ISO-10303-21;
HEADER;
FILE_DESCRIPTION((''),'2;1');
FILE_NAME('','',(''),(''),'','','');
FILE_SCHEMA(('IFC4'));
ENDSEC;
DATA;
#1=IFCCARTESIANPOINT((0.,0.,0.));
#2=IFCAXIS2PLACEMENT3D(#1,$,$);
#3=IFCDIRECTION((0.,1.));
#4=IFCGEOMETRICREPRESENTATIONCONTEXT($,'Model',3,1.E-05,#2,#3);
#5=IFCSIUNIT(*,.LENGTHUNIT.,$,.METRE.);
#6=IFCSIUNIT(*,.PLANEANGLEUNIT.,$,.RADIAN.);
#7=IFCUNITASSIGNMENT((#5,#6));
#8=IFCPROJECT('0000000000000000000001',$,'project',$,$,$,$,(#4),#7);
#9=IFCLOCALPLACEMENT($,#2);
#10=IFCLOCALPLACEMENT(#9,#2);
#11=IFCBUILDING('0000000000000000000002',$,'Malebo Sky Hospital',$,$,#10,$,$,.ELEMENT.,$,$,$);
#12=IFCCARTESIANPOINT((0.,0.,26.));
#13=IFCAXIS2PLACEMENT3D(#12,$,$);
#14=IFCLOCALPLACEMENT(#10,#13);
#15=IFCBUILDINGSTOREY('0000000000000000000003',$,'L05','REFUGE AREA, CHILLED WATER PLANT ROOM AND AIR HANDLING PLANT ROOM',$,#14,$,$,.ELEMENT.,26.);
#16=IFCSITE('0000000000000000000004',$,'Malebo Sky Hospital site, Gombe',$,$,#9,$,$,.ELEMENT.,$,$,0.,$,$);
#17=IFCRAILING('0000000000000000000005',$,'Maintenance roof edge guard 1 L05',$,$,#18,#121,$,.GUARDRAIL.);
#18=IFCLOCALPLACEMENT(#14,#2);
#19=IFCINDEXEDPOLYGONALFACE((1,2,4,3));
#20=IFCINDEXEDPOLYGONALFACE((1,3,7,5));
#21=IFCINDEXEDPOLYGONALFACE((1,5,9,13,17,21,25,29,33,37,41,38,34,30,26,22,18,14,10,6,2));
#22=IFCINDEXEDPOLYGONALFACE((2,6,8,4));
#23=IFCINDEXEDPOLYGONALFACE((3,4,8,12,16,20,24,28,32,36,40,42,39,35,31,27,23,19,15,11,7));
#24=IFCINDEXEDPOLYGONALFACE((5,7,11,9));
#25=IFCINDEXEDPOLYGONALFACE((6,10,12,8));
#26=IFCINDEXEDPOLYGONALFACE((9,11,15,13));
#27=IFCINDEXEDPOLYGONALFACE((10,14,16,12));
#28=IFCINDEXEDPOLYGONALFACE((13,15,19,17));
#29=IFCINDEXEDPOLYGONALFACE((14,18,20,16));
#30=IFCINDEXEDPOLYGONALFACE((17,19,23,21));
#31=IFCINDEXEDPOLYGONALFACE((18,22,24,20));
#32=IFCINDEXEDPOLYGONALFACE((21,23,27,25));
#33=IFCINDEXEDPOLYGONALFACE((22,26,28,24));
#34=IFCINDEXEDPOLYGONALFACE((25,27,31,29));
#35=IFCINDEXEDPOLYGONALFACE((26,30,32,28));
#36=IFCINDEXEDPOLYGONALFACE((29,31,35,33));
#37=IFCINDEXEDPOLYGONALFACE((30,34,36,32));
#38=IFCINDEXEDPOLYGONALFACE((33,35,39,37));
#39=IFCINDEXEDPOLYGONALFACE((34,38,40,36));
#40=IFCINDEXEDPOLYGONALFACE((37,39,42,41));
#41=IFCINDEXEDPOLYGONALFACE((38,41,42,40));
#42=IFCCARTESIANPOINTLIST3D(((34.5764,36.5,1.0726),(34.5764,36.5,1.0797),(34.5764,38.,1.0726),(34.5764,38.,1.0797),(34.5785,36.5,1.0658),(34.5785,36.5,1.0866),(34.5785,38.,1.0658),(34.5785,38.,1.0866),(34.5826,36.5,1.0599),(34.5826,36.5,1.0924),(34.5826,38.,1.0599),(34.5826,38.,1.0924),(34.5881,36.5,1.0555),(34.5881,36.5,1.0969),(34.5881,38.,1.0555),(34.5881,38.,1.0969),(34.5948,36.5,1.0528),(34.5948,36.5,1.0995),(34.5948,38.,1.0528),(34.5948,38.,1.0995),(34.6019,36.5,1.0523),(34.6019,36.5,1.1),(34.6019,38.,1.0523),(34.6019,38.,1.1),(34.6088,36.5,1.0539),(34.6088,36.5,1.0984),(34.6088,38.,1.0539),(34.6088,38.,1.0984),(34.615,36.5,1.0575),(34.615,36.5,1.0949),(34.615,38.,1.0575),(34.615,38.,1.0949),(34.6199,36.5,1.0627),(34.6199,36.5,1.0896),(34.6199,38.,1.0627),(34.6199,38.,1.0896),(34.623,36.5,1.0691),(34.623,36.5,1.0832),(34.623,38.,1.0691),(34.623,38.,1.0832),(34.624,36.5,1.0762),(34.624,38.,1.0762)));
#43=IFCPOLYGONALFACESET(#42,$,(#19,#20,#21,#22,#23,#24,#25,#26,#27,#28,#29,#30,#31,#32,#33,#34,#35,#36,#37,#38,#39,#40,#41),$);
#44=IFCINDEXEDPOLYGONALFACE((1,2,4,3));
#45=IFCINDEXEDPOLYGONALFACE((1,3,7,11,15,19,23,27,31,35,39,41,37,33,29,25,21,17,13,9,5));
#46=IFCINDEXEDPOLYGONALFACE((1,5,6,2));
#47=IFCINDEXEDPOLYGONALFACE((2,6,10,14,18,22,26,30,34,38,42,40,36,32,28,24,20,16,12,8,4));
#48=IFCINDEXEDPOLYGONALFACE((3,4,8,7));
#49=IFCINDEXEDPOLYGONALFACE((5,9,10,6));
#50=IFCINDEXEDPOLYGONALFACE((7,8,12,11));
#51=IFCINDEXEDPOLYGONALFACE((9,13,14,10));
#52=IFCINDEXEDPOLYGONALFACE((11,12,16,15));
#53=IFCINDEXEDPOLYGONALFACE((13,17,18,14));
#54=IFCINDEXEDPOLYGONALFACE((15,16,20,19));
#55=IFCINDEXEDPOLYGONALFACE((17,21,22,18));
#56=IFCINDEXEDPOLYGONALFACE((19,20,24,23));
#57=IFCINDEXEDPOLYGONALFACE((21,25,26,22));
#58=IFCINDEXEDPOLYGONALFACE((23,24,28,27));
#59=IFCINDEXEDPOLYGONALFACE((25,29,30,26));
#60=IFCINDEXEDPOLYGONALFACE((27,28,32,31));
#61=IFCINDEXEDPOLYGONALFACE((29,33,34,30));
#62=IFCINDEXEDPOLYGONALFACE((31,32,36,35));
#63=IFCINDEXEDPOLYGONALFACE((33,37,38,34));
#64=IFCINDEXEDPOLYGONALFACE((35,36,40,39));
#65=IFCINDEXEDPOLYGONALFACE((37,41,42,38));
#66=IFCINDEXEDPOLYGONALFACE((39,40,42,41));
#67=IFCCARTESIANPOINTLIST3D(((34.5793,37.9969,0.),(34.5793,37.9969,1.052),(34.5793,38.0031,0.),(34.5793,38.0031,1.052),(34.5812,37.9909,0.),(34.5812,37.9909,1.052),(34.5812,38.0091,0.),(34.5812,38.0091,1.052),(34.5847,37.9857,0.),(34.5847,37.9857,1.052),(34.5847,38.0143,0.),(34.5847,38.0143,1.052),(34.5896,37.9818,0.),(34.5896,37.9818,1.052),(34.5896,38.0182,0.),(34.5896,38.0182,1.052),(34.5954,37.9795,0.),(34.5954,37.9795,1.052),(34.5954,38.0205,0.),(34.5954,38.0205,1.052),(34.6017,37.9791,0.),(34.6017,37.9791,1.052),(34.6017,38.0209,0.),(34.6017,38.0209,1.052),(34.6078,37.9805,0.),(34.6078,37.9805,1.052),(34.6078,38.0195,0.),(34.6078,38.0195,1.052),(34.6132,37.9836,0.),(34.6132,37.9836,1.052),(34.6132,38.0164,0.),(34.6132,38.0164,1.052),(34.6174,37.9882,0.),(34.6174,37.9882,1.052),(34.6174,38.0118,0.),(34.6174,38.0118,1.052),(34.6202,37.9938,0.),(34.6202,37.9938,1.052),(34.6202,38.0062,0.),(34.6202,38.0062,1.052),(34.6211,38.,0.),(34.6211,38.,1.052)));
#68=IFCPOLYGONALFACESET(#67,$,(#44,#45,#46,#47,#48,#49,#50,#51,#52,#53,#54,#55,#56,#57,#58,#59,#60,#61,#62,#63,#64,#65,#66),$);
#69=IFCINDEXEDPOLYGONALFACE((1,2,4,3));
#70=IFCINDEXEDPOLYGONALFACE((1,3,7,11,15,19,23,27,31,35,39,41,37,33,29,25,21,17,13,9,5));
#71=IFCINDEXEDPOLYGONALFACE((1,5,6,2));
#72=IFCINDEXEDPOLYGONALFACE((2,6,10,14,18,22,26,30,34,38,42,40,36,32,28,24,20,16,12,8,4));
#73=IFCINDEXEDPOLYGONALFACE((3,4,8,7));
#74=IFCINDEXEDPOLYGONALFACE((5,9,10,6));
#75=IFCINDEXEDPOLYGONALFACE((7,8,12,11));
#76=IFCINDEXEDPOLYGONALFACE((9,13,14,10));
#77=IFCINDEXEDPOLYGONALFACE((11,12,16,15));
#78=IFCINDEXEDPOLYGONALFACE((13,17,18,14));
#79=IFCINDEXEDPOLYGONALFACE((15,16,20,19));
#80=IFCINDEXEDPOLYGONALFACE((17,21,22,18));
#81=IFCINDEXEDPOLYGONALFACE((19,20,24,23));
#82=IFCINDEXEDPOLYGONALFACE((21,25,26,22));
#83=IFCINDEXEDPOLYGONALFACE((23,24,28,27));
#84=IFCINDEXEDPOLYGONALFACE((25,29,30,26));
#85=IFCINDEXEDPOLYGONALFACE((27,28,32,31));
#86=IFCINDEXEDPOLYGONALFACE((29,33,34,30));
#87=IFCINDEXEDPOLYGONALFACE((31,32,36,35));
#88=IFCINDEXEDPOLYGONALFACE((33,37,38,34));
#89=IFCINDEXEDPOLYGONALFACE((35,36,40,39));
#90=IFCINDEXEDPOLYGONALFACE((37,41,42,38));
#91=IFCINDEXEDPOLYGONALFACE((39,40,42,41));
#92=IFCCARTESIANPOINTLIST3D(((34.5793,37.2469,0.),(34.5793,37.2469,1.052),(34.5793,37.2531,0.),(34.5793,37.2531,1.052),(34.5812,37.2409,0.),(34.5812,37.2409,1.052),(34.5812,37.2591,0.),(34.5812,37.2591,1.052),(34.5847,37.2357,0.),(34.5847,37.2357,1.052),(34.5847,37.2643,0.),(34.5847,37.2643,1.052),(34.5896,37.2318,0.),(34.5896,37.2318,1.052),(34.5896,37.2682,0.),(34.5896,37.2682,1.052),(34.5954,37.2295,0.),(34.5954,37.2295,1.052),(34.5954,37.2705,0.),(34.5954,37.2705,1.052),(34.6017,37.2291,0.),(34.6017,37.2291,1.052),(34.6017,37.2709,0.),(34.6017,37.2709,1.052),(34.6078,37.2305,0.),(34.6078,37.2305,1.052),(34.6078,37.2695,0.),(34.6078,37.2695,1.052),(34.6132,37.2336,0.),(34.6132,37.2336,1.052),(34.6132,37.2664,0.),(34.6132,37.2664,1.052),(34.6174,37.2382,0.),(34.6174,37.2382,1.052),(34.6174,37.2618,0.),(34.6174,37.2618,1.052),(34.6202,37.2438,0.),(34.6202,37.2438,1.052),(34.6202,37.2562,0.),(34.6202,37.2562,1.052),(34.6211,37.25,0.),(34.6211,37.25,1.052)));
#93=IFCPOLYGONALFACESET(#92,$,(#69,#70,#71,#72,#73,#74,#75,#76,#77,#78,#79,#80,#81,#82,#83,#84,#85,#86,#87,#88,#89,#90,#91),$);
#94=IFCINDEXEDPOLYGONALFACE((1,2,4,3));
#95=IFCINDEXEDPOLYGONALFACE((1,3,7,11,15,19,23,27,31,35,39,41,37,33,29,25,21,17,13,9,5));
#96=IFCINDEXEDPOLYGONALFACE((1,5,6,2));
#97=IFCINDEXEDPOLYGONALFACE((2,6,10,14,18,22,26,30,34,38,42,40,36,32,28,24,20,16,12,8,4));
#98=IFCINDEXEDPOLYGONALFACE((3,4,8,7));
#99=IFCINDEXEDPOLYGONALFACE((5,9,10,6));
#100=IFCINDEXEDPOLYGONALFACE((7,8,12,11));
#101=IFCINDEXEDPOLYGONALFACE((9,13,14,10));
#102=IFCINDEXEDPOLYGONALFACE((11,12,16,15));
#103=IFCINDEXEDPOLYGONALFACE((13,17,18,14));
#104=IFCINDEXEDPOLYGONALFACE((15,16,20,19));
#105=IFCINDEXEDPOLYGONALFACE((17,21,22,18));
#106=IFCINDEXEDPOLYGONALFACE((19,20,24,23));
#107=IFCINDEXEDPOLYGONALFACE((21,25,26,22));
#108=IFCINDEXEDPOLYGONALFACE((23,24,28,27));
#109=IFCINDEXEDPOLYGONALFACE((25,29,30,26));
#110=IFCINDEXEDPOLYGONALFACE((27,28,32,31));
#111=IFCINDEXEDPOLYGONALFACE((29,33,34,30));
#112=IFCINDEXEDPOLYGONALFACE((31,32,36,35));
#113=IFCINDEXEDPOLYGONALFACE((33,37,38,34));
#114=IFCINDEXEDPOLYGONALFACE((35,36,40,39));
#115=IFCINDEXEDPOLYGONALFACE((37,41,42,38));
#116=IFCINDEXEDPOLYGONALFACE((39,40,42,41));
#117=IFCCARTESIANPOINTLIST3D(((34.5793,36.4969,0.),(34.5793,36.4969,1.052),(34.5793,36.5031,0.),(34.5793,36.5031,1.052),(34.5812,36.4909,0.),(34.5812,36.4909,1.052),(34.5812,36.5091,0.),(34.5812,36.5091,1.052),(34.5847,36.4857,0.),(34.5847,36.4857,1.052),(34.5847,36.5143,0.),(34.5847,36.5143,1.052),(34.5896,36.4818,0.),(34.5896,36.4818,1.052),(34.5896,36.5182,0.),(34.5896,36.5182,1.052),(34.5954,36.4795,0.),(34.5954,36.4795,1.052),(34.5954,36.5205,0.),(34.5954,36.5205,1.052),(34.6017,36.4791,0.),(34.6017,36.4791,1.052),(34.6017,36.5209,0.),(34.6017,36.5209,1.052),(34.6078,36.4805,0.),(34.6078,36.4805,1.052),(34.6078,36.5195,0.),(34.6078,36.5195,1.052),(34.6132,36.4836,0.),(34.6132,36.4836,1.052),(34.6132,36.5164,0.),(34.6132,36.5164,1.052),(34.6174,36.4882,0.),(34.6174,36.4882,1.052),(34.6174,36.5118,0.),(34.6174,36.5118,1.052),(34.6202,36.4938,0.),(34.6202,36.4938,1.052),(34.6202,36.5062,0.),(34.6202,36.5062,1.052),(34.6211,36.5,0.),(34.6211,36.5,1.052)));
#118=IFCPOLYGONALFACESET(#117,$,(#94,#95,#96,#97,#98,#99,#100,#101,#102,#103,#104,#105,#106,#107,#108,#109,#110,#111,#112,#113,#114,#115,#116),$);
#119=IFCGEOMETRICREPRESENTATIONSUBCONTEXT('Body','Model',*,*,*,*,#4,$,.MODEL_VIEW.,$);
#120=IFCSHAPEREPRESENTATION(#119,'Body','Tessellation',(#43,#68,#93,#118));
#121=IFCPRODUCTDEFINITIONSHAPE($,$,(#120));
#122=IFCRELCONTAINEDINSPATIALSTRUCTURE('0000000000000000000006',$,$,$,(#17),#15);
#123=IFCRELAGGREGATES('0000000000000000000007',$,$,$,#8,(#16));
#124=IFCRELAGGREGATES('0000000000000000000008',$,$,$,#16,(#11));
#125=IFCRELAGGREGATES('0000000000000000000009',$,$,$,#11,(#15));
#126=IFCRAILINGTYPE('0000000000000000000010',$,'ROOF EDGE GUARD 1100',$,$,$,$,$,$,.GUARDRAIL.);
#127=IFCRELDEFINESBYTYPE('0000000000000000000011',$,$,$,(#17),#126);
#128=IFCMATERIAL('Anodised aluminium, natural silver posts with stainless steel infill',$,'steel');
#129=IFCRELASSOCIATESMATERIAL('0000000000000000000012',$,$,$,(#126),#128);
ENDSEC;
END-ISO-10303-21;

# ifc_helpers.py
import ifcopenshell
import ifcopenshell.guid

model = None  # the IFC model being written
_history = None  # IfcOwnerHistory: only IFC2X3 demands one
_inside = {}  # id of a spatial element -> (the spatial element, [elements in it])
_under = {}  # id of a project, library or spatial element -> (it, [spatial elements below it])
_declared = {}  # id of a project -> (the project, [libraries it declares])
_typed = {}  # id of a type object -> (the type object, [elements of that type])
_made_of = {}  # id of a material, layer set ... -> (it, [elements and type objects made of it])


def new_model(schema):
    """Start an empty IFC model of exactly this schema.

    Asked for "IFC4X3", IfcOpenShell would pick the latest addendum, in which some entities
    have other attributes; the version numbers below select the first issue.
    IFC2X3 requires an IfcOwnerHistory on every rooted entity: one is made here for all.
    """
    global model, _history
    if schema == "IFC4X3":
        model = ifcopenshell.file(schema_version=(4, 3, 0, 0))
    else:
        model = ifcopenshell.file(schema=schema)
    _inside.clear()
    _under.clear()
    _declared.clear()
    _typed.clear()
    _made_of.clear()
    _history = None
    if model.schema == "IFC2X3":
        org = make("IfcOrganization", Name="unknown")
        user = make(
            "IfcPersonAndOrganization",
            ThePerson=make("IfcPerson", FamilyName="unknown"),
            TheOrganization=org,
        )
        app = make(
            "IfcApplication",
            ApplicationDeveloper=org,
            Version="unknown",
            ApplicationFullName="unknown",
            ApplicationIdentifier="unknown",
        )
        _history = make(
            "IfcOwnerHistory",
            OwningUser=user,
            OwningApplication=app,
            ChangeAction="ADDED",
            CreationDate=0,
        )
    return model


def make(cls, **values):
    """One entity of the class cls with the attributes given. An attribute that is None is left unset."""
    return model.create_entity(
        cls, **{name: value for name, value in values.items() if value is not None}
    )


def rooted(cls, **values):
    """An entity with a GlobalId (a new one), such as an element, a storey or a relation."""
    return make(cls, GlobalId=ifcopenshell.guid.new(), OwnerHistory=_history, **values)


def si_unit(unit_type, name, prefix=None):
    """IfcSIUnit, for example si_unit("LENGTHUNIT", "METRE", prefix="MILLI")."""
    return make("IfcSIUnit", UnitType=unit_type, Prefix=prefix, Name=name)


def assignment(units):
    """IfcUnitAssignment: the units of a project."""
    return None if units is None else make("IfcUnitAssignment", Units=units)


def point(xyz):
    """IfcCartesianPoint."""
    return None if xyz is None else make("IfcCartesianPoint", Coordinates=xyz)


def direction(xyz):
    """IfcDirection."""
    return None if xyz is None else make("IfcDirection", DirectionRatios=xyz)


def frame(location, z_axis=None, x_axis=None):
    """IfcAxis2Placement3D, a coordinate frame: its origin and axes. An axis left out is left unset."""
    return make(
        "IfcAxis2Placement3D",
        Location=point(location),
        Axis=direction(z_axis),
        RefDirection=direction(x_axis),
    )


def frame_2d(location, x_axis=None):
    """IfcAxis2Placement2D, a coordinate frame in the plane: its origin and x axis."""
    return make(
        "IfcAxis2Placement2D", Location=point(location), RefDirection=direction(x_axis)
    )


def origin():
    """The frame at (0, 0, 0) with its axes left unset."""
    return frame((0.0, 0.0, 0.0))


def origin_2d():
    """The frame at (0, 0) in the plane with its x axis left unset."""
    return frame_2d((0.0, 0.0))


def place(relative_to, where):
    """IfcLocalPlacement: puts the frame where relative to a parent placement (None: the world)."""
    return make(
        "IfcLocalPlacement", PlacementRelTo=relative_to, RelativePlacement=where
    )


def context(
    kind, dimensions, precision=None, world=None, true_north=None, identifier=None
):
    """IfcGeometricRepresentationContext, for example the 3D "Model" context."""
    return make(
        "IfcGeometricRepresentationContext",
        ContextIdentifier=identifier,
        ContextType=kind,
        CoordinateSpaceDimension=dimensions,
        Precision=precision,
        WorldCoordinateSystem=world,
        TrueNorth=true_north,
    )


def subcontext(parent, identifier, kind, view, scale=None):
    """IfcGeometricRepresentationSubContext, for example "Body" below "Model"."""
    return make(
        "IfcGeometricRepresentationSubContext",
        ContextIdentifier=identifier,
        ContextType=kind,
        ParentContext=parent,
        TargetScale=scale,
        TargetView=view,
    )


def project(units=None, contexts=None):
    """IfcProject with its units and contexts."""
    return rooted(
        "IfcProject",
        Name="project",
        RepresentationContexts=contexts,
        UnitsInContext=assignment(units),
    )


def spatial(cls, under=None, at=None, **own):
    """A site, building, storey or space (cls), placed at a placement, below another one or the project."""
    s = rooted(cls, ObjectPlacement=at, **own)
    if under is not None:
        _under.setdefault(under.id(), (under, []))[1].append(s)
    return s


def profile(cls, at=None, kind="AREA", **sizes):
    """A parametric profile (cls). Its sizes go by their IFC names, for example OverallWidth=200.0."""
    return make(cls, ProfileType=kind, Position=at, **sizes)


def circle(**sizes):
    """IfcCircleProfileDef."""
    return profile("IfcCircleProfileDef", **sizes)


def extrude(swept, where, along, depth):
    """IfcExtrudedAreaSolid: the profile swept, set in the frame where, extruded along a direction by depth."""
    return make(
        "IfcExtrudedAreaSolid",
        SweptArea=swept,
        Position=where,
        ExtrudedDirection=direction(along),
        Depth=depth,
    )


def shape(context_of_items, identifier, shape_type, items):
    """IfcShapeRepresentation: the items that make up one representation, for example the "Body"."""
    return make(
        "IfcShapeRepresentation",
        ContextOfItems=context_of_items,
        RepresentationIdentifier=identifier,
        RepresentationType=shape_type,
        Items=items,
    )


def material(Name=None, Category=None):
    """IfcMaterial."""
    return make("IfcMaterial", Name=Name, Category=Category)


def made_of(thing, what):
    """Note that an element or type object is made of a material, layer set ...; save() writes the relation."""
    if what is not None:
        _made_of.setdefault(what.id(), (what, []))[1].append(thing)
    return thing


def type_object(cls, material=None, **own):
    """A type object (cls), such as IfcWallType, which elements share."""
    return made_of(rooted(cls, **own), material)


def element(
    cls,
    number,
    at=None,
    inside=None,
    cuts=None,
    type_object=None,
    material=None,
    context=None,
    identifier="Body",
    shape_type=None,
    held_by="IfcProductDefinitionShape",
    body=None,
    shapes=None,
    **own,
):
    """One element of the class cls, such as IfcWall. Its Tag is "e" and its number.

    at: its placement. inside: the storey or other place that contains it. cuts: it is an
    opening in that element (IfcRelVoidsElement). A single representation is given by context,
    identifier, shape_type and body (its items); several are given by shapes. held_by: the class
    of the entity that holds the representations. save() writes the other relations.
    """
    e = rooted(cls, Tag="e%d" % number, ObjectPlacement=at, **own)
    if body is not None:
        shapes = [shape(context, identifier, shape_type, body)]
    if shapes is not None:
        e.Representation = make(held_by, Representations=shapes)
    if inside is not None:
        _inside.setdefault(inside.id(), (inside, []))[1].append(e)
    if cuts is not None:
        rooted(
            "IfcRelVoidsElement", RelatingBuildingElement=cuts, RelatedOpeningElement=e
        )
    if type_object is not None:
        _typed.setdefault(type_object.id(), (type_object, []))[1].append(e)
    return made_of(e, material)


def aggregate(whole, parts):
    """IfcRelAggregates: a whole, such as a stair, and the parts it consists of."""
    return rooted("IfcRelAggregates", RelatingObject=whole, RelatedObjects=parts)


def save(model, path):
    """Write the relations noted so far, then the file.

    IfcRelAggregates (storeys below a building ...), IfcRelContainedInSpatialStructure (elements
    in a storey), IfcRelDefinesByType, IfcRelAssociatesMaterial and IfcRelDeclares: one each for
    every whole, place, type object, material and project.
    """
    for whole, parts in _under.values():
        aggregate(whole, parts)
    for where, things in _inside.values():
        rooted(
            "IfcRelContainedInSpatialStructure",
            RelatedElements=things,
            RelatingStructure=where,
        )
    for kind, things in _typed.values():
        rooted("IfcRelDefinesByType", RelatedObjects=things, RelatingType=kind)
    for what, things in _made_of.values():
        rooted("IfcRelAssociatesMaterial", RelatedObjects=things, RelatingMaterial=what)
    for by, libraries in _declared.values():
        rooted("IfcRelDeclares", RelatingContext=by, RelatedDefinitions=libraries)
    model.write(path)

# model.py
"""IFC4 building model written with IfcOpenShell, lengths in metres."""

from ifc_helpers import new_model, si_unit, direction, frame, origin, origin_2d, place, context, subcontext, project, spatial, circle, extrude, material, type_object, element, save


model = new_model("IFC4")

# Units and contexts
model_context = context("Model", 3, precision=1e-05, world=origin(), true_north=direction((0.0, 1.0)))
body_context = subcontext(model_context, "Body", "Model", "MODEL_VIEW")
ifc_project = project(units=[si_unit("LENGTHUNIT", "METRE"), si_unit("PLANEANGLEUNIT", "RADIAN")], contexts=[model_context])

# Site, building, storey
site_placement = place(None, origin())
site = spatial("IfcSite", under=ifc_project, at=site_placement, Name="Malebo Sky Hospital site, Gombe", CompositionType="ELEMENT", RefElevation=0.0)
building_placement = place(site_placement, origin())
building = spatial("IfcBuilding", under=site, at=building_placement, Name="Malebo Sky Hospital", CompositionType="ELEMENT")
storey_placement = place(building_placement, frame((0.0, 0.0, 26.0)))
storey = spatial("IfcBuildingStorey", under=building, at=storey_placement, Name="L05", Description="REFUGE AREA, CHILLED WATER PLANT ROOM AND AIR HANDLING PLANT ROOM", CompositionType="ELEMENT", Elevation=26.0)

# Railing
ifc_material_1 = material(Name="Anodised aluminium, natural silver posts with stainless steel infill", Category="steel")
railing_type = type_object("IfcRailingType", Name="ROOF EDGE GUARD 1100", PredefinedType="GUARDRAIL", material=ifc_material_1)
railing_1_placement = place(storey_placement, frame((34.6001, 38.0, 0.0)))
element("IfcRailing", 1, at=railing_1_placement, inside=storey, type_object=railing_type, Name="Maintenance roof edge guard 1 L05", PredefinedType="GUARDRAIL", context=body_context, shape_type="SweptSolid", body=[
    extrude(circle(Radius=0.0239, at=origin_2d()), frame((0.0, 0.0, 1.0762), z_axis=(0.0, -1.0, 0.0), x_axis=(1.0, 0.0, 0.0)), (0.0, 0.0, 1.0), 1.5),
    extrude(circle(Radius=0.021, at=origin_2d()), origin(), (0.0, 0.0, 1.0), 1.052),
    extrude(circle(Radius=0.021, at=origin_2d()), frame((0.0, -0.75, 0.0)), (0.0, 0.0, 1.0), 1.052),
    extrude(circle(Radius=0.021, at=origin_2d()), frame((0.0, -1.5, 0.0)), (0.0, 0.0, 1.0), 1.052),
])

save(model, "model.ifc")
